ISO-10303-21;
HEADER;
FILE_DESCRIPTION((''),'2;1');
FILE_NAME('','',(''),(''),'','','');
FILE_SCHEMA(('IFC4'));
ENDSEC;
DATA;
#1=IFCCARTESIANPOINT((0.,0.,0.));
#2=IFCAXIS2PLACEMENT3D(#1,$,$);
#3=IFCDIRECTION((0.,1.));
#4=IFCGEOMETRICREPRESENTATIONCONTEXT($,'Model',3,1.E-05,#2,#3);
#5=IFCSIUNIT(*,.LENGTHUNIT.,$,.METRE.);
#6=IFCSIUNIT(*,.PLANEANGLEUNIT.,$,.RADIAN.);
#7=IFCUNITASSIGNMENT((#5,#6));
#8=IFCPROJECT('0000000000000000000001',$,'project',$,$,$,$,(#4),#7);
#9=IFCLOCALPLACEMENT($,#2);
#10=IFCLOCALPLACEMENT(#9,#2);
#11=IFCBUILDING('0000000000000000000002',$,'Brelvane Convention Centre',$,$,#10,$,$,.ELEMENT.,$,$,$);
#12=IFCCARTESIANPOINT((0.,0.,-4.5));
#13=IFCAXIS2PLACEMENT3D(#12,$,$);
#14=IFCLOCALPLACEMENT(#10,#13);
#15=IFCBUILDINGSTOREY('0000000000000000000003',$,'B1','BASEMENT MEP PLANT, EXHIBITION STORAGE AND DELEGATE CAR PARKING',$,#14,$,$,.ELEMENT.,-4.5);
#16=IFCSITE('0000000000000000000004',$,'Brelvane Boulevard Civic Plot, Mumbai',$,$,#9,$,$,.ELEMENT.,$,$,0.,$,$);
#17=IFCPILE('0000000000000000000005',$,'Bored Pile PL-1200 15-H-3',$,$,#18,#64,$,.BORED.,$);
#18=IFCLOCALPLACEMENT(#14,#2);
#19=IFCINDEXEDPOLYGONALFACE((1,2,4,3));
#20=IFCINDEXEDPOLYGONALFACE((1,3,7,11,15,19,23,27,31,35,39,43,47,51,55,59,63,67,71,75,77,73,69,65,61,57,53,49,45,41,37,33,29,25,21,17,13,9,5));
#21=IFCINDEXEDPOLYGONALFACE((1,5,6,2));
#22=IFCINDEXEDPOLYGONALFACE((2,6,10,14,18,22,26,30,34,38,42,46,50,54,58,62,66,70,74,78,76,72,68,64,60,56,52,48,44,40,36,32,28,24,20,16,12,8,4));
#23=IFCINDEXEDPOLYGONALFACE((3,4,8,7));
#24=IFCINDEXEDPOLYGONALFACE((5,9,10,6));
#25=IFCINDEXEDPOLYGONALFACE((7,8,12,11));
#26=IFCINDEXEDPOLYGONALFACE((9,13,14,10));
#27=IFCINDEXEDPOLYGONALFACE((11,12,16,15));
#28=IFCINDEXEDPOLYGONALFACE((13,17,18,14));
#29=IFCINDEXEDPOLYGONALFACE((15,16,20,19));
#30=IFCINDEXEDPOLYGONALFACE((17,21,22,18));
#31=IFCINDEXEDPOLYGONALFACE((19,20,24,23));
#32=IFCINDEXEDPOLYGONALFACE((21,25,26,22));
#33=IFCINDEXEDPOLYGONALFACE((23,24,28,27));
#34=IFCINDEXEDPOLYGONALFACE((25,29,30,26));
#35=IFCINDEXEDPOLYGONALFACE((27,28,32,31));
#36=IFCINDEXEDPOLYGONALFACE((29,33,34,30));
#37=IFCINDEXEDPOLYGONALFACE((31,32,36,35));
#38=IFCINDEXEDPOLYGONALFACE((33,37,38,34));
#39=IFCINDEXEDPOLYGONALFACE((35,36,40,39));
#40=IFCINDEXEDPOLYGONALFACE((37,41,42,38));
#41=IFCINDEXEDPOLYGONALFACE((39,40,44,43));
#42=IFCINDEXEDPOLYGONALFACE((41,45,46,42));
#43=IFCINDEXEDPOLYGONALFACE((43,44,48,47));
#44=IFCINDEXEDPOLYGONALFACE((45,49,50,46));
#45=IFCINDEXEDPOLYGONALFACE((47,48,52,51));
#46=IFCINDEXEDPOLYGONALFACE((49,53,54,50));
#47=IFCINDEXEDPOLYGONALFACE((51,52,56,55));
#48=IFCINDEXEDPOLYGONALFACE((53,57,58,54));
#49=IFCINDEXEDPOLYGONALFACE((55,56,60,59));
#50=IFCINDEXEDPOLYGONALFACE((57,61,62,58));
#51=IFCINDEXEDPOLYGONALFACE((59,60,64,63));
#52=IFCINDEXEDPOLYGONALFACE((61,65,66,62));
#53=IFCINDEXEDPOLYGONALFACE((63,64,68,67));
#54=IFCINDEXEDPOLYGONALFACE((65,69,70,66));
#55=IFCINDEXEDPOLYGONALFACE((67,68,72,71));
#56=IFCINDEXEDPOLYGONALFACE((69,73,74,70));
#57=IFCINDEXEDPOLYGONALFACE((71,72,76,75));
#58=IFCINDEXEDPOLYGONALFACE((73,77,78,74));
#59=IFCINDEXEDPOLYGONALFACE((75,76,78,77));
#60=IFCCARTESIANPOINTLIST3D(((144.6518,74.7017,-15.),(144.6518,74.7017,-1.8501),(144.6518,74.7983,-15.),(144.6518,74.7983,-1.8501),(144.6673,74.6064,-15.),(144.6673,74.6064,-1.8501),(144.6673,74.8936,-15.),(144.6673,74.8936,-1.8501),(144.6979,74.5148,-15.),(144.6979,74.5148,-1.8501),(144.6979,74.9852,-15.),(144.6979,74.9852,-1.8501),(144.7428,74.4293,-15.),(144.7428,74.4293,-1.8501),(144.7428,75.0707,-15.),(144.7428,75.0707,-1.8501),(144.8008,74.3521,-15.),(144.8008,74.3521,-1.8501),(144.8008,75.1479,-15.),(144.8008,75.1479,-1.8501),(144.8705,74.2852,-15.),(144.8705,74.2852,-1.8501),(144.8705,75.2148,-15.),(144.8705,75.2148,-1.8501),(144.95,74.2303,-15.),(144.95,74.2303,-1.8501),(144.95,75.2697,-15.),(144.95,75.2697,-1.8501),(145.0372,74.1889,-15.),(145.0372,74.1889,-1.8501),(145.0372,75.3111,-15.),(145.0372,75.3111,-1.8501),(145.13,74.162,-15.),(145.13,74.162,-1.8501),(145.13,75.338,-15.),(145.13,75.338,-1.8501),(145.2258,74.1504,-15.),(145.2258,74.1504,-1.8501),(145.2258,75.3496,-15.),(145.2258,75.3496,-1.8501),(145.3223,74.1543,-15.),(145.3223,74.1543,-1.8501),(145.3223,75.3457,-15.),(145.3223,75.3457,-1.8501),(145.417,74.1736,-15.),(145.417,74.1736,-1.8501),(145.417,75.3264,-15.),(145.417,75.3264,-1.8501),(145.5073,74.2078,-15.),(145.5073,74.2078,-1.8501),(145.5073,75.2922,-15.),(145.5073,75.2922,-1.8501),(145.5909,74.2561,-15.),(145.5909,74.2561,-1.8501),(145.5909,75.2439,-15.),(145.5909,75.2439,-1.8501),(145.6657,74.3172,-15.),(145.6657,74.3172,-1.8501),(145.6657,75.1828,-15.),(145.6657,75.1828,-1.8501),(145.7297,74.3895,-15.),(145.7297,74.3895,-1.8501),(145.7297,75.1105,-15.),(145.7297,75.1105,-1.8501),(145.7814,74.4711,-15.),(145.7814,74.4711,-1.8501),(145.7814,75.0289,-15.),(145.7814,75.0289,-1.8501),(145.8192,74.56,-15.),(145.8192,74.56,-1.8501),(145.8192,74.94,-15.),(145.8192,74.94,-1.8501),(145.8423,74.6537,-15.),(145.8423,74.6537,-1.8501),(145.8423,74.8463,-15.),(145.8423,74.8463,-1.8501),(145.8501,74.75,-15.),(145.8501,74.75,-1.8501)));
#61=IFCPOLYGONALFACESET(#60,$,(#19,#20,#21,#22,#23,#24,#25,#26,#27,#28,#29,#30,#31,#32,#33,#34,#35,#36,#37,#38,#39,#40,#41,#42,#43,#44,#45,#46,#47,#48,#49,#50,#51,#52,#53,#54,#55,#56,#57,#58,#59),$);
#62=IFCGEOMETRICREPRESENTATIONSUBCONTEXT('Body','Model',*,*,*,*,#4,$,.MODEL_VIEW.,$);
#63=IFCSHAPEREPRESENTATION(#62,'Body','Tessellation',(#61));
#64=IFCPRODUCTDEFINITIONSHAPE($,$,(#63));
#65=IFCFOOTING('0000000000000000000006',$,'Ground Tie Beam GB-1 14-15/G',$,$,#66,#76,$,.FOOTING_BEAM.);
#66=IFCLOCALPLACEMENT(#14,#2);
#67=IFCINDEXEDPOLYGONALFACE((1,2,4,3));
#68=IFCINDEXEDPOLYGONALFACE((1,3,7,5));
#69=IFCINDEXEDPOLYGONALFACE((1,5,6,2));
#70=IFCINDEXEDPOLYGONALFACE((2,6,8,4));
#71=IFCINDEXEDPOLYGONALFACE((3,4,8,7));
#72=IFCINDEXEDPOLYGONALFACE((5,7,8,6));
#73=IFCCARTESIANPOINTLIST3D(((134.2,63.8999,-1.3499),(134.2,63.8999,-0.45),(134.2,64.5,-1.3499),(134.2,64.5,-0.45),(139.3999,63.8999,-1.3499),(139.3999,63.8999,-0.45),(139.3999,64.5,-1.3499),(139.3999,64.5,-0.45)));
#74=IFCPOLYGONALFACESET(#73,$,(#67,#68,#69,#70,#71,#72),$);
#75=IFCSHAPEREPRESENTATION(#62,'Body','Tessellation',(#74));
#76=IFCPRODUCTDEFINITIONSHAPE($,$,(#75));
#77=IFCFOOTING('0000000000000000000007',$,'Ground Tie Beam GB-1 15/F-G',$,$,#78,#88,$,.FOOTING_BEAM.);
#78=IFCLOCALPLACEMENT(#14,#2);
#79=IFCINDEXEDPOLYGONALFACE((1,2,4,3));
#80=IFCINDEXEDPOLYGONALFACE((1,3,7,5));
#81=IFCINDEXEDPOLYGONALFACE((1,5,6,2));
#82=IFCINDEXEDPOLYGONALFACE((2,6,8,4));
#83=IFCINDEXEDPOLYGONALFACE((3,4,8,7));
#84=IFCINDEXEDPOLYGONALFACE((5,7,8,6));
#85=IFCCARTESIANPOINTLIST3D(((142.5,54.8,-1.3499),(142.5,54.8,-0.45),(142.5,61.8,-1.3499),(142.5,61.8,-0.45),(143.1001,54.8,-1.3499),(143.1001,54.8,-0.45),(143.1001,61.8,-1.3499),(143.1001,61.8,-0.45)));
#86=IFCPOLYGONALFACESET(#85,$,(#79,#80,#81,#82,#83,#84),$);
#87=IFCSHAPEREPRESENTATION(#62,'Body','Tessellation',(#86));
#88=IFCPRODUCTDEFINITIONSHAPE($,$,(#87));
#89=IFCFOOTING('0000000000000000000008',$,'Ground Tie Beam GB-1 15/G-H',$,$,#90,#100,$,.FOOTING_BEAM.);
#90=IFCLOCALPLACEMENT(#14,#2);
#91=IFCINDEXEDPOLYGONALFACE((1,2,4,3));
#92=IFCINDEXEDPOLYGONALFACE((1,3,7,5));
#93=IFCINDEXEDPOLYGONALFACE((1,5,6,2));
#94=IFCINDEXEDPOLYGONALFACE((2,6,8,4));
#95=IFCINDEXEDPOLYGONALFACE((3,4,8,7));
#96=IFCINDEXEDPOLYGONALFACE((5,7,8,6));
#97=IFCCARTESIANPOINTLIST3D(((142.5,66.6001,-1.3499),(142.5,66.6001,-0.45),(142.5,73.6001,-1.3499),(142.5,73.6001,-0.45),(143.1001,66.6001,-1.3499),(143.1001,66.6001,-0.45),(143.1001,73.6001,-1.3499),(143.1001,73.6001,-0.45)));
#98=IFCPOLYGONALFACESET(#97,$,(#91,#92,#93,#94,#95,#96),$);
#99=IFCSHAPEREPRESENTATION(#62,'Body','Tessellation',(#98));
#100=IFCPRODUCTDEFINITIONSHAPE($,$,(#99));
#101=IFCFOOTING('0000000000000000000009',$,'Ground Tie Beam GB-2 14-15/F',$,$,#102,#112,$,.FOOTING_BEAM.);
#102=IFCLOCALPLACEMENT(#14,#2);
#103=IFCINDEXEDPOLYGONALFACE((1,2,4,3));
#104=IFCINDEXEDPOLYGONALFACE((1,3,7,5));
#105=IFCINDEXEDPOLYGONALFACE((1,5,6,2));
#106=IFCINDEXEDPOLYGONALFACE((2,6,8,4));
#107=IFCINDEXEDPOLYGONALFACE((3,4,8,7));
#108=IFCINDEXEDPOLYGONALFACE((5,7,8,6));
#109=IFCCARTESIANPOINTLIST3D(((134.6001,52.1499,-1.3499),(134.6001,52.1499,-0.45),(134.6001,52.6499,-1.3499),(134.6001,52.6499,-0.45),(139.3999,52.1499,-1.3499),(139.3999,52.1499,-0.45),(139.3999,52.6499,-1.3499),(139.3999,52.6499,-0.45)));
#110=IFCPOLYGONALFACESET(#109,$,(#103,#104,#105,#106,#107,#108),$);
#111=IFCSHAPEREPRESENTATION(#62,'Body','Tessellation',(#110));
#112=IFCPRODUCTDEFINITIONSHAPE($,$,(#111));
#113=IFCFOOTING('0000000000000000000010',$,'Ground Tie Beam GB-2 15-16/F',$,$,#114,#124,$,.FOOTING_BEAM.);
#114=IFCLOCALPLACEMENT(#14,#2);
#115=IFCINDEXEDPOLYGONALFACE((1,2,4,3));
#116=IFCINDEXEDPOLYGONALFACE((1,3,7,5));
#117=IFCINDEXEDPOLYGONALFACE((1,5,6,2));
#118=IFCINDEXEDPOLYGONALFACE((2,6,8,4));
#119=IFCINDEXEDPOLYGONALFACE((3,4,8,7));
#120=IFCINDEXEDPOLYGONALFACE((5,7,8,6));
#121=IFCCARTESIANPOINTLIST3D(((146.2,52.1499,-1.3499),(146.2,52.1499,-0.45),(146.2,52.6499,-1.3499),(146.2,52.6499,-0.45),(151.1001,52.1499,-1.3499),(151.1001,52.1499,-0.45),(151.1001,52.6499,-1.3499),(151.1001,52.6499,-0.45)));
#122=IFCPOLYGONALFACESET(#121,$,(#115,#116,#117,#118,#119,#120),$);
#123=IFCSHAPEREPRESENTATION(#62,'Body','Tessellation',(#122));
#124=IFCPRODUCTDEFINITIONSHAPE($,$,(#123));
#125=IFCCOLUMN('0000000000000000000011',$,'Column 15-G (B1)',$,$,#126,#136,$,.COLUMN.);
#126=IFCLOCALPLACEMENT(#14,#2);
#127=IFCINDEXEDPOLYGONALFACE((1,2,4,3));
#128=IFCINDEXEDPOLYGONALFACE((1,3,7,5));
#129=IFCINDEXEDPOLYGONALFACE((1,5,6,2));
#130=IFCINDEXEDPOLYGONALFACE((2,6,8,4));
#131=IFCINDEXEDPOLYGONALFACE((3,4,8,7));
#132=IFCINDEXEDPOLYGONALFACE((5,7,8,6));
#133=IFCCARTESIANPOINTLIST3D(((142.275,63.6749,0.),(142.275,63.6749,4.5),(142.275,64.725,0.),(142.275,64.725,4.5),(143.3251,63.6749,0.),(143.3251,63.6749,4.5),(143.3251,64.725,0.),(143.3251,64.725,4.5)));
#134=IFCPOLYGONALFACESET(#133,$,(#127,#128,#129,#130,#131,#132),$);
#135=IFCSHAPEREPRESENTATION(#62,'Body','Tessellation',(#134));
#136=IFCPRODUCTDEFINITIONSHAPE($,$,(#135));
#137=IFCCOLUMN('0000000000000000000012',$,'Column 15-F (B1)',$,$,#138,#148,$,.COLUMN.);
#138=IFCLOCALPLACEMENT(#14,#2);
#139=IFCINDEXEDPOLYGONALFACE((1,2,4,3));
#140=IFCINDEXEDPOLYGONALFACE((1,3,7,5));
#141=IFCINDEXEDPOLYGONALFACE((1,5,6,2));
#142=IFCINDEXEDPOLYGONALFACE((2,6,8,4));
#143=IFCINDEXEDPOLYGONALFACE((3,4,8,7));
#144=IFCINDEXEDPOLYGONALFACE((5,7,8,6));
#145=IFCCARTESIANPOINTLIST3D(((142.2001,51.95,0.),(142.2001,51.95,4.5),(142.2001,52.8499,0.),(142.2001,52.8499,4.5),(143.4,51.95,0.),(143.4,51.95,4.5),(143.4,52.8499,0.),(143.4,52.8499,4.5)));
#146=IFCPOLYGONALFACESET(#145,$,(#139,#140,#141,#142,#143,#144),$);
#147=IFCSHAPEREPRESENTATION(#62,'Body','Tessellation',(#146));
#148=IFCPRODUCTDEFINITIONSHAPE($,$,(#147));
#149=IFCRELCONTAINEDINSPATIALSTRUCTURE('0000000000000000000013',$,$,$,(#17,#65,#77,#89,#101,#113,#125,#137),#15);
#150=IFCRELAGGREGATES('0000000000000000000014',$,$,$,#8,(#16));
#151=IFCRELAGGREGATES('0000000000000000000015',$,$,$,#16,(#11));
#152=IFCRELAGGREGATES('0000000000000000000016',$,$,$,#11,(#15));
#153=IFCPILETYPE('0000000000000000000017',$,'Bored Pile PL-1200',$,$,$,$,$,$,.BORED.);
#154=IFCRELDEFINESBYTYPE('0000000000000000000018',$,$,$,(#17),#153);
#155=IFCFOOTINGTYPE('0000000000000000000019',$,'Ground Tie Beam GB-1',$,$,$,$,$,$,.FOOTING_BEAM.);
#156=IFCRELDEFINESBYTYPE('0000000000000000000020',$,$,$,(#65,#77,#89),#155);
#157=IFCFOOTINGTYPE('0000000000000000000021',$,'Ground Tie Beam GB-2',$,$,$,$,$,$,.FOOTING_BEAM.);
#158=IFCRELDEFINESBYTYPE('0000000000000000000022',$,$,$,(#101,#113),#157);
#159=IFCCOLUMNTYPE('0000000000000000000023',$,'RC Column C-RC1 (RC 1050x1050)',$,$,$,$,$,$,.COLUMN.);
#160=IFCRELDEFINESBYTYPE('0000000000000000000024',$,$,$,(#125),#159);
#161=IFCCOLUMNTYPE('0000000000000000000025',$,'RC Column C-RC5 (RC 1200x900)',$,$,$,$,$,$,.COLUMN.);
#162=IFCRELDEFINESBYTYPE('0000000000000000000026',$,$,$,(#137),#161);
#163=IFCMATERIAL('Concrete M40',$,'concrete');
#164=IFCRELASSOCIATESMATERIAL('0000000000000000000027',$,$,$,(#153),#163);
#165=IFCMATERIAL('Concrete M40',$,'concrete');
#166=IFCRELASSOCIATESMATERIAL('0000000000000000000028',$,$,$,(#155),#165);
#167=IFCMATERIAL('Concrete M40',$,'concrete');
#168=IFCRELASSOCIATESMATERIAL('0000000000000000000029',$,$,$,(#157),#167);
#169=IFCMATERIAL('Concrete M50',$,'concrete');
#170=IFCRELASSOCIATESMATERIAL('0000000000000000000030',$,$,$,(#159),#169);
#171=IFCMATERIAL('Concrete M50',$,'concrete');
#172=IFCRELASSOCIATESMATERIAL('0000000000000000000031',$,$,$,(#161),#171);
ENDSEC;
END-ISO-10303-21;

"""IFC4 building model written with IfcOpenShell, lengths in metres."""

from ifc_helpers import new_model, si_unit, direction, frame, origin, origin_2d, place, context, subcontext, project, spatial, rectangle, circle, extrude, material, material_profile, profile_set, type_object, element, save


model = new_model("IFC4")

# Units and contexts
model_context = context("Model", 3, precision=1e-05, world=origin(), true_north=direction((0.0, 1.0)))
body_context = subcontext(model_context, "Body", "Model", "MODEL_VIEW")
ifc_project = project(units=[si_unit("LENGTHUNIT", "METRE"), si_unit("PLANEANGLEUNIT", "RADIAN")], contexts=[model_context])

# Site, building, storey
site_placement = place(None, origin())
site = spatial("IfcSite", under=ifc_project, at=site_placement, Name="Brelvane Boulevard Civic Plot, Mumbai", CompositionType="ELEMENT", RefElevation=0.0)
building_placement = place(site_placement, origin())
building = spatial("IfcBuilding", under=site, at=building_placement, Name="Brelvane Convention Centre", CompositionType="ELEMENT")
storey_placement = place(building_placement, frame((0.0, 0.0, -4.5)))
storey = spatial("IfcBuildingStorey", under=building, at=storey_placement, Name="B1", Description="BASEMENT MEP PLANT, EXHIBITION STORAGE AND DELEGATE CAR PARKING", CompositionType="ELEMENT", Elevation=-4.5)

# Pile
ifc_material_1 = material(Name="Concrete M40", Category="concrete")
ifc_material_profile_1 = material_profile(ifc_material_1, circle(Radius=0.6001, at=origin_2d()), Name="PILE D1200")
ifc_profile_set_1 = profile_set([ifc_material_profile_1], Name="Concrete M40")
pile_type = type_object("IfcPileType", Name="Bored Pile PL-1200", PredefinedType="BORED", material=ifc_profile_set_1)
for number, where, z_axis, x_axis, name in (
    (1, (145.25, 74.75, -1.8501), (0.0, 0.0, -1.0), (1.0, 0.0, 0.0), "Bored Pile PL-1200 15-H-3"),
):
    element("IfcPile", number, at=place(storey_placement, frame(where, z_axis=z_axis, x_axis=x_axis)), inside=storey, type_object=pile_type, Name=name, PredefinedType="BORED", context=body_context, shape_type="SweptSolid", body=[
        extrude(circle(Radius=0.6001, at=origin_2d()), origin(), (0.0, 0.0, 1.0), 13.1499),
    ])

# Footings
ifc_material_2 = material(Name="Concrete M40", Category="concrete")
ifc_material_profile_2 = material_profile(ifc_material_2, rectangle(XDim=0.6001, YDim=0.8999, at=origin_2d()), Name="RC 600x900")
ifc_profile_set_2 = profile_set([ifc_material_profile_2], Name="Concrete M40")
footing_type_1 = type_object("IfcFootingType", Name="Ground Tie Beam GB-1", PredefinedType="FOOTING_BEAM", material=ifc_profile_set_2)
footing_1_placement = place(storey_placement, frame((134.2, 64.2, -0.8999), z_axis=(1.0, 0.0, 0.0), x_axis=(0.0, 1.0, 0.0)))
element("IfcFooting", 2, at=footing_1_placement, inside=storey, type_object=footing_type_1, Name="Ground Tie Beam GB-1 14-15/G", PredefinedType="FOOTING_BEAM", context=body_context, shape_type="SweptSolid", body=[
    extrude(rectangle(XDim=0.6001, YDim=0.8999, at=origin_2d()), origin(), (0.0, 0.0, 1.0), 5.2),
])
for number, where, z_axis, x_axis, name in (
    (3, (142.8, 54.8, -0.8999), (0.0, 1.0, 0.0), (-1.0, 0.0, 0.0), "Ground Tie Beam GB-1 15/F-G"),
    (4, (142.8, 66.6001, -0.8999), (0.0, 1.0, 0.0), (-1.0, 0.0, 0.0), "Ground Tie Beam GB-1 15/G-H"),
):
    element("IfcFooting", number, at=place(storey_placement, frame(where, z_axis=z_axis, x_axis=x_axis)), inside=storey, type_object=footing_type_1, Name=name, PredefinedType="FOOTING_BEAM", context=body_context, shape_type="SweptSolid", body=[
        extrude(rectangle(XDim=0.6001, YDim=0.8999, at=origin_2d()), origin(), (0.0, 0.0, 1.0), 7.0),
    ])
ifc_material_3 = material(Name="Concrete M40", Category="concrete")
ifc_material_profile_3 = material_profile(ifc_material_3, rectangle(XDim=0.5, YDim=0.8999, at=origin_2d()), Name="RC 500x900")
ifc_profile_set_3 = profile_set([ifc_material_profile_3], Name="Concrete M40")
footing_type_2 = type_object("IfcFootingType", Name="Ground Tie Beam GB-2", PredefinedType="FOOTING_BEAM", material=ifc_profile_set_3)
footing_2_placement = place(storey_placement, frame((134.6001, 52.3999, -0.8999), z_axis=(1.0, 0.0, 0.0), x_axis=(0.0, 1.0, 0.0)))
element("IfcFooting", 5, at=footing_2_placement, inside=storey, type_object=footing_type_2, Name="Ground Tie Beam GB-2 14-15/F", PredefinedType="FOOTING_BEAM", context=body_context, shape_type="SweptSolid", body=[
    extrude(rectangle(XDim=0.5, YDim=0.8999, at=origin_2d()), origin(), (0.0, 0.0, 1.0), 4.7998),
])
footing_3_placement = place(storey_placement, frame((146.2, 52.3999, -0.8999), z_axis=(1.0, 0.0, 0.0), x_axis=(0.0, 1.0, 0.0)))
element("IfcFooting", 6, at=footing_3_placement, inside=storey, type_object=footing_type_2, Name="Ground Tie Beam GB-2 15-16/F", PredefinedType="FOOTING_BEAM", context=body_context, shape_type="SweptSolid", body=[
    extrude(rectangle(XDim=0.5, YDim=0.8999, at=origin_2d()), origin(), (0.0, 0.0, 1.0), 4.9001),
])

# Columns
ifc_material_4 = material(Name="Concrete M50", Category="concrete")
ifc_material_profile_4 = material_profile(ifc_material_4, rectangle(XDim=1.05, YDim=1.05, at=origin_2d()), Name="RC 1050x1050")
ifc_profile_set_4 = profile_set([ifc_material_profile_4], Name="Concrete M50")
column_type_1 = type_object("IfcColumnType", Name="RC Column C-RC1 (RC 1050x1050)", PredefinedType="COLUMN", material=ifc_profile_set_4)
column_1_placement = place(storey_placement, frame((142.8, 64.2, 0.0), z_axis=(0.0, 0.0, 1.0), x_axis=(1.0, 0.0, 0.0)))
element("IfcColumn", 7, at=column_1_placement, inside=storey, type_object=column_type_1, Name="Column 15-G (B1)", PredefinedType="COLUMN", context=body_context, shape_type="SweptSolid", body=[
    extrude(rectangle(XDim=1.05, YDim=1.05, at=origin_2d()), origin(), (0.0, 0.0, 1.0), 4.5),
])
ifc_material_5 = material(Name="Concrete M50", Category="concrete")
ifc_material_profile_5 = material_profile(ifc_material_5, rectangle(XDim=1.2, YDim=0.8999, at=origin_2d()), Name="RC 1200x900")
ifc_profile_set_5 = profile_set([ifc_material_profile_5], Name="Concrete M50")
column_type_2 = type_object("IfcColumnType", Name="RC Column C-RC5 (RC 1200x900)", PredefinedType="COLUMN", material=ifc_profile_set_5)
column_2_placement = place(storey_placement, frame((142.8, 52.3999, 0.0), z_axis=(0.0, 0.0, 1.0), x_axis=(1.0, 0.0, 0.0)))
element("IfcColumn", 8, at=column_2_placement, inside=storey, type_object=column_type_2, Name="Column 15-F (B1)", PredefinedType="COLUMN", context=body_context, shape_type="SweptSolid", body=[
    extrude(rectangle(XDim=1.2, YDim=0.8999, at=origin_2d()), origin(), (0.0, 0.0, 1.0), 4.5),
])

save(model, "model.ifc")
